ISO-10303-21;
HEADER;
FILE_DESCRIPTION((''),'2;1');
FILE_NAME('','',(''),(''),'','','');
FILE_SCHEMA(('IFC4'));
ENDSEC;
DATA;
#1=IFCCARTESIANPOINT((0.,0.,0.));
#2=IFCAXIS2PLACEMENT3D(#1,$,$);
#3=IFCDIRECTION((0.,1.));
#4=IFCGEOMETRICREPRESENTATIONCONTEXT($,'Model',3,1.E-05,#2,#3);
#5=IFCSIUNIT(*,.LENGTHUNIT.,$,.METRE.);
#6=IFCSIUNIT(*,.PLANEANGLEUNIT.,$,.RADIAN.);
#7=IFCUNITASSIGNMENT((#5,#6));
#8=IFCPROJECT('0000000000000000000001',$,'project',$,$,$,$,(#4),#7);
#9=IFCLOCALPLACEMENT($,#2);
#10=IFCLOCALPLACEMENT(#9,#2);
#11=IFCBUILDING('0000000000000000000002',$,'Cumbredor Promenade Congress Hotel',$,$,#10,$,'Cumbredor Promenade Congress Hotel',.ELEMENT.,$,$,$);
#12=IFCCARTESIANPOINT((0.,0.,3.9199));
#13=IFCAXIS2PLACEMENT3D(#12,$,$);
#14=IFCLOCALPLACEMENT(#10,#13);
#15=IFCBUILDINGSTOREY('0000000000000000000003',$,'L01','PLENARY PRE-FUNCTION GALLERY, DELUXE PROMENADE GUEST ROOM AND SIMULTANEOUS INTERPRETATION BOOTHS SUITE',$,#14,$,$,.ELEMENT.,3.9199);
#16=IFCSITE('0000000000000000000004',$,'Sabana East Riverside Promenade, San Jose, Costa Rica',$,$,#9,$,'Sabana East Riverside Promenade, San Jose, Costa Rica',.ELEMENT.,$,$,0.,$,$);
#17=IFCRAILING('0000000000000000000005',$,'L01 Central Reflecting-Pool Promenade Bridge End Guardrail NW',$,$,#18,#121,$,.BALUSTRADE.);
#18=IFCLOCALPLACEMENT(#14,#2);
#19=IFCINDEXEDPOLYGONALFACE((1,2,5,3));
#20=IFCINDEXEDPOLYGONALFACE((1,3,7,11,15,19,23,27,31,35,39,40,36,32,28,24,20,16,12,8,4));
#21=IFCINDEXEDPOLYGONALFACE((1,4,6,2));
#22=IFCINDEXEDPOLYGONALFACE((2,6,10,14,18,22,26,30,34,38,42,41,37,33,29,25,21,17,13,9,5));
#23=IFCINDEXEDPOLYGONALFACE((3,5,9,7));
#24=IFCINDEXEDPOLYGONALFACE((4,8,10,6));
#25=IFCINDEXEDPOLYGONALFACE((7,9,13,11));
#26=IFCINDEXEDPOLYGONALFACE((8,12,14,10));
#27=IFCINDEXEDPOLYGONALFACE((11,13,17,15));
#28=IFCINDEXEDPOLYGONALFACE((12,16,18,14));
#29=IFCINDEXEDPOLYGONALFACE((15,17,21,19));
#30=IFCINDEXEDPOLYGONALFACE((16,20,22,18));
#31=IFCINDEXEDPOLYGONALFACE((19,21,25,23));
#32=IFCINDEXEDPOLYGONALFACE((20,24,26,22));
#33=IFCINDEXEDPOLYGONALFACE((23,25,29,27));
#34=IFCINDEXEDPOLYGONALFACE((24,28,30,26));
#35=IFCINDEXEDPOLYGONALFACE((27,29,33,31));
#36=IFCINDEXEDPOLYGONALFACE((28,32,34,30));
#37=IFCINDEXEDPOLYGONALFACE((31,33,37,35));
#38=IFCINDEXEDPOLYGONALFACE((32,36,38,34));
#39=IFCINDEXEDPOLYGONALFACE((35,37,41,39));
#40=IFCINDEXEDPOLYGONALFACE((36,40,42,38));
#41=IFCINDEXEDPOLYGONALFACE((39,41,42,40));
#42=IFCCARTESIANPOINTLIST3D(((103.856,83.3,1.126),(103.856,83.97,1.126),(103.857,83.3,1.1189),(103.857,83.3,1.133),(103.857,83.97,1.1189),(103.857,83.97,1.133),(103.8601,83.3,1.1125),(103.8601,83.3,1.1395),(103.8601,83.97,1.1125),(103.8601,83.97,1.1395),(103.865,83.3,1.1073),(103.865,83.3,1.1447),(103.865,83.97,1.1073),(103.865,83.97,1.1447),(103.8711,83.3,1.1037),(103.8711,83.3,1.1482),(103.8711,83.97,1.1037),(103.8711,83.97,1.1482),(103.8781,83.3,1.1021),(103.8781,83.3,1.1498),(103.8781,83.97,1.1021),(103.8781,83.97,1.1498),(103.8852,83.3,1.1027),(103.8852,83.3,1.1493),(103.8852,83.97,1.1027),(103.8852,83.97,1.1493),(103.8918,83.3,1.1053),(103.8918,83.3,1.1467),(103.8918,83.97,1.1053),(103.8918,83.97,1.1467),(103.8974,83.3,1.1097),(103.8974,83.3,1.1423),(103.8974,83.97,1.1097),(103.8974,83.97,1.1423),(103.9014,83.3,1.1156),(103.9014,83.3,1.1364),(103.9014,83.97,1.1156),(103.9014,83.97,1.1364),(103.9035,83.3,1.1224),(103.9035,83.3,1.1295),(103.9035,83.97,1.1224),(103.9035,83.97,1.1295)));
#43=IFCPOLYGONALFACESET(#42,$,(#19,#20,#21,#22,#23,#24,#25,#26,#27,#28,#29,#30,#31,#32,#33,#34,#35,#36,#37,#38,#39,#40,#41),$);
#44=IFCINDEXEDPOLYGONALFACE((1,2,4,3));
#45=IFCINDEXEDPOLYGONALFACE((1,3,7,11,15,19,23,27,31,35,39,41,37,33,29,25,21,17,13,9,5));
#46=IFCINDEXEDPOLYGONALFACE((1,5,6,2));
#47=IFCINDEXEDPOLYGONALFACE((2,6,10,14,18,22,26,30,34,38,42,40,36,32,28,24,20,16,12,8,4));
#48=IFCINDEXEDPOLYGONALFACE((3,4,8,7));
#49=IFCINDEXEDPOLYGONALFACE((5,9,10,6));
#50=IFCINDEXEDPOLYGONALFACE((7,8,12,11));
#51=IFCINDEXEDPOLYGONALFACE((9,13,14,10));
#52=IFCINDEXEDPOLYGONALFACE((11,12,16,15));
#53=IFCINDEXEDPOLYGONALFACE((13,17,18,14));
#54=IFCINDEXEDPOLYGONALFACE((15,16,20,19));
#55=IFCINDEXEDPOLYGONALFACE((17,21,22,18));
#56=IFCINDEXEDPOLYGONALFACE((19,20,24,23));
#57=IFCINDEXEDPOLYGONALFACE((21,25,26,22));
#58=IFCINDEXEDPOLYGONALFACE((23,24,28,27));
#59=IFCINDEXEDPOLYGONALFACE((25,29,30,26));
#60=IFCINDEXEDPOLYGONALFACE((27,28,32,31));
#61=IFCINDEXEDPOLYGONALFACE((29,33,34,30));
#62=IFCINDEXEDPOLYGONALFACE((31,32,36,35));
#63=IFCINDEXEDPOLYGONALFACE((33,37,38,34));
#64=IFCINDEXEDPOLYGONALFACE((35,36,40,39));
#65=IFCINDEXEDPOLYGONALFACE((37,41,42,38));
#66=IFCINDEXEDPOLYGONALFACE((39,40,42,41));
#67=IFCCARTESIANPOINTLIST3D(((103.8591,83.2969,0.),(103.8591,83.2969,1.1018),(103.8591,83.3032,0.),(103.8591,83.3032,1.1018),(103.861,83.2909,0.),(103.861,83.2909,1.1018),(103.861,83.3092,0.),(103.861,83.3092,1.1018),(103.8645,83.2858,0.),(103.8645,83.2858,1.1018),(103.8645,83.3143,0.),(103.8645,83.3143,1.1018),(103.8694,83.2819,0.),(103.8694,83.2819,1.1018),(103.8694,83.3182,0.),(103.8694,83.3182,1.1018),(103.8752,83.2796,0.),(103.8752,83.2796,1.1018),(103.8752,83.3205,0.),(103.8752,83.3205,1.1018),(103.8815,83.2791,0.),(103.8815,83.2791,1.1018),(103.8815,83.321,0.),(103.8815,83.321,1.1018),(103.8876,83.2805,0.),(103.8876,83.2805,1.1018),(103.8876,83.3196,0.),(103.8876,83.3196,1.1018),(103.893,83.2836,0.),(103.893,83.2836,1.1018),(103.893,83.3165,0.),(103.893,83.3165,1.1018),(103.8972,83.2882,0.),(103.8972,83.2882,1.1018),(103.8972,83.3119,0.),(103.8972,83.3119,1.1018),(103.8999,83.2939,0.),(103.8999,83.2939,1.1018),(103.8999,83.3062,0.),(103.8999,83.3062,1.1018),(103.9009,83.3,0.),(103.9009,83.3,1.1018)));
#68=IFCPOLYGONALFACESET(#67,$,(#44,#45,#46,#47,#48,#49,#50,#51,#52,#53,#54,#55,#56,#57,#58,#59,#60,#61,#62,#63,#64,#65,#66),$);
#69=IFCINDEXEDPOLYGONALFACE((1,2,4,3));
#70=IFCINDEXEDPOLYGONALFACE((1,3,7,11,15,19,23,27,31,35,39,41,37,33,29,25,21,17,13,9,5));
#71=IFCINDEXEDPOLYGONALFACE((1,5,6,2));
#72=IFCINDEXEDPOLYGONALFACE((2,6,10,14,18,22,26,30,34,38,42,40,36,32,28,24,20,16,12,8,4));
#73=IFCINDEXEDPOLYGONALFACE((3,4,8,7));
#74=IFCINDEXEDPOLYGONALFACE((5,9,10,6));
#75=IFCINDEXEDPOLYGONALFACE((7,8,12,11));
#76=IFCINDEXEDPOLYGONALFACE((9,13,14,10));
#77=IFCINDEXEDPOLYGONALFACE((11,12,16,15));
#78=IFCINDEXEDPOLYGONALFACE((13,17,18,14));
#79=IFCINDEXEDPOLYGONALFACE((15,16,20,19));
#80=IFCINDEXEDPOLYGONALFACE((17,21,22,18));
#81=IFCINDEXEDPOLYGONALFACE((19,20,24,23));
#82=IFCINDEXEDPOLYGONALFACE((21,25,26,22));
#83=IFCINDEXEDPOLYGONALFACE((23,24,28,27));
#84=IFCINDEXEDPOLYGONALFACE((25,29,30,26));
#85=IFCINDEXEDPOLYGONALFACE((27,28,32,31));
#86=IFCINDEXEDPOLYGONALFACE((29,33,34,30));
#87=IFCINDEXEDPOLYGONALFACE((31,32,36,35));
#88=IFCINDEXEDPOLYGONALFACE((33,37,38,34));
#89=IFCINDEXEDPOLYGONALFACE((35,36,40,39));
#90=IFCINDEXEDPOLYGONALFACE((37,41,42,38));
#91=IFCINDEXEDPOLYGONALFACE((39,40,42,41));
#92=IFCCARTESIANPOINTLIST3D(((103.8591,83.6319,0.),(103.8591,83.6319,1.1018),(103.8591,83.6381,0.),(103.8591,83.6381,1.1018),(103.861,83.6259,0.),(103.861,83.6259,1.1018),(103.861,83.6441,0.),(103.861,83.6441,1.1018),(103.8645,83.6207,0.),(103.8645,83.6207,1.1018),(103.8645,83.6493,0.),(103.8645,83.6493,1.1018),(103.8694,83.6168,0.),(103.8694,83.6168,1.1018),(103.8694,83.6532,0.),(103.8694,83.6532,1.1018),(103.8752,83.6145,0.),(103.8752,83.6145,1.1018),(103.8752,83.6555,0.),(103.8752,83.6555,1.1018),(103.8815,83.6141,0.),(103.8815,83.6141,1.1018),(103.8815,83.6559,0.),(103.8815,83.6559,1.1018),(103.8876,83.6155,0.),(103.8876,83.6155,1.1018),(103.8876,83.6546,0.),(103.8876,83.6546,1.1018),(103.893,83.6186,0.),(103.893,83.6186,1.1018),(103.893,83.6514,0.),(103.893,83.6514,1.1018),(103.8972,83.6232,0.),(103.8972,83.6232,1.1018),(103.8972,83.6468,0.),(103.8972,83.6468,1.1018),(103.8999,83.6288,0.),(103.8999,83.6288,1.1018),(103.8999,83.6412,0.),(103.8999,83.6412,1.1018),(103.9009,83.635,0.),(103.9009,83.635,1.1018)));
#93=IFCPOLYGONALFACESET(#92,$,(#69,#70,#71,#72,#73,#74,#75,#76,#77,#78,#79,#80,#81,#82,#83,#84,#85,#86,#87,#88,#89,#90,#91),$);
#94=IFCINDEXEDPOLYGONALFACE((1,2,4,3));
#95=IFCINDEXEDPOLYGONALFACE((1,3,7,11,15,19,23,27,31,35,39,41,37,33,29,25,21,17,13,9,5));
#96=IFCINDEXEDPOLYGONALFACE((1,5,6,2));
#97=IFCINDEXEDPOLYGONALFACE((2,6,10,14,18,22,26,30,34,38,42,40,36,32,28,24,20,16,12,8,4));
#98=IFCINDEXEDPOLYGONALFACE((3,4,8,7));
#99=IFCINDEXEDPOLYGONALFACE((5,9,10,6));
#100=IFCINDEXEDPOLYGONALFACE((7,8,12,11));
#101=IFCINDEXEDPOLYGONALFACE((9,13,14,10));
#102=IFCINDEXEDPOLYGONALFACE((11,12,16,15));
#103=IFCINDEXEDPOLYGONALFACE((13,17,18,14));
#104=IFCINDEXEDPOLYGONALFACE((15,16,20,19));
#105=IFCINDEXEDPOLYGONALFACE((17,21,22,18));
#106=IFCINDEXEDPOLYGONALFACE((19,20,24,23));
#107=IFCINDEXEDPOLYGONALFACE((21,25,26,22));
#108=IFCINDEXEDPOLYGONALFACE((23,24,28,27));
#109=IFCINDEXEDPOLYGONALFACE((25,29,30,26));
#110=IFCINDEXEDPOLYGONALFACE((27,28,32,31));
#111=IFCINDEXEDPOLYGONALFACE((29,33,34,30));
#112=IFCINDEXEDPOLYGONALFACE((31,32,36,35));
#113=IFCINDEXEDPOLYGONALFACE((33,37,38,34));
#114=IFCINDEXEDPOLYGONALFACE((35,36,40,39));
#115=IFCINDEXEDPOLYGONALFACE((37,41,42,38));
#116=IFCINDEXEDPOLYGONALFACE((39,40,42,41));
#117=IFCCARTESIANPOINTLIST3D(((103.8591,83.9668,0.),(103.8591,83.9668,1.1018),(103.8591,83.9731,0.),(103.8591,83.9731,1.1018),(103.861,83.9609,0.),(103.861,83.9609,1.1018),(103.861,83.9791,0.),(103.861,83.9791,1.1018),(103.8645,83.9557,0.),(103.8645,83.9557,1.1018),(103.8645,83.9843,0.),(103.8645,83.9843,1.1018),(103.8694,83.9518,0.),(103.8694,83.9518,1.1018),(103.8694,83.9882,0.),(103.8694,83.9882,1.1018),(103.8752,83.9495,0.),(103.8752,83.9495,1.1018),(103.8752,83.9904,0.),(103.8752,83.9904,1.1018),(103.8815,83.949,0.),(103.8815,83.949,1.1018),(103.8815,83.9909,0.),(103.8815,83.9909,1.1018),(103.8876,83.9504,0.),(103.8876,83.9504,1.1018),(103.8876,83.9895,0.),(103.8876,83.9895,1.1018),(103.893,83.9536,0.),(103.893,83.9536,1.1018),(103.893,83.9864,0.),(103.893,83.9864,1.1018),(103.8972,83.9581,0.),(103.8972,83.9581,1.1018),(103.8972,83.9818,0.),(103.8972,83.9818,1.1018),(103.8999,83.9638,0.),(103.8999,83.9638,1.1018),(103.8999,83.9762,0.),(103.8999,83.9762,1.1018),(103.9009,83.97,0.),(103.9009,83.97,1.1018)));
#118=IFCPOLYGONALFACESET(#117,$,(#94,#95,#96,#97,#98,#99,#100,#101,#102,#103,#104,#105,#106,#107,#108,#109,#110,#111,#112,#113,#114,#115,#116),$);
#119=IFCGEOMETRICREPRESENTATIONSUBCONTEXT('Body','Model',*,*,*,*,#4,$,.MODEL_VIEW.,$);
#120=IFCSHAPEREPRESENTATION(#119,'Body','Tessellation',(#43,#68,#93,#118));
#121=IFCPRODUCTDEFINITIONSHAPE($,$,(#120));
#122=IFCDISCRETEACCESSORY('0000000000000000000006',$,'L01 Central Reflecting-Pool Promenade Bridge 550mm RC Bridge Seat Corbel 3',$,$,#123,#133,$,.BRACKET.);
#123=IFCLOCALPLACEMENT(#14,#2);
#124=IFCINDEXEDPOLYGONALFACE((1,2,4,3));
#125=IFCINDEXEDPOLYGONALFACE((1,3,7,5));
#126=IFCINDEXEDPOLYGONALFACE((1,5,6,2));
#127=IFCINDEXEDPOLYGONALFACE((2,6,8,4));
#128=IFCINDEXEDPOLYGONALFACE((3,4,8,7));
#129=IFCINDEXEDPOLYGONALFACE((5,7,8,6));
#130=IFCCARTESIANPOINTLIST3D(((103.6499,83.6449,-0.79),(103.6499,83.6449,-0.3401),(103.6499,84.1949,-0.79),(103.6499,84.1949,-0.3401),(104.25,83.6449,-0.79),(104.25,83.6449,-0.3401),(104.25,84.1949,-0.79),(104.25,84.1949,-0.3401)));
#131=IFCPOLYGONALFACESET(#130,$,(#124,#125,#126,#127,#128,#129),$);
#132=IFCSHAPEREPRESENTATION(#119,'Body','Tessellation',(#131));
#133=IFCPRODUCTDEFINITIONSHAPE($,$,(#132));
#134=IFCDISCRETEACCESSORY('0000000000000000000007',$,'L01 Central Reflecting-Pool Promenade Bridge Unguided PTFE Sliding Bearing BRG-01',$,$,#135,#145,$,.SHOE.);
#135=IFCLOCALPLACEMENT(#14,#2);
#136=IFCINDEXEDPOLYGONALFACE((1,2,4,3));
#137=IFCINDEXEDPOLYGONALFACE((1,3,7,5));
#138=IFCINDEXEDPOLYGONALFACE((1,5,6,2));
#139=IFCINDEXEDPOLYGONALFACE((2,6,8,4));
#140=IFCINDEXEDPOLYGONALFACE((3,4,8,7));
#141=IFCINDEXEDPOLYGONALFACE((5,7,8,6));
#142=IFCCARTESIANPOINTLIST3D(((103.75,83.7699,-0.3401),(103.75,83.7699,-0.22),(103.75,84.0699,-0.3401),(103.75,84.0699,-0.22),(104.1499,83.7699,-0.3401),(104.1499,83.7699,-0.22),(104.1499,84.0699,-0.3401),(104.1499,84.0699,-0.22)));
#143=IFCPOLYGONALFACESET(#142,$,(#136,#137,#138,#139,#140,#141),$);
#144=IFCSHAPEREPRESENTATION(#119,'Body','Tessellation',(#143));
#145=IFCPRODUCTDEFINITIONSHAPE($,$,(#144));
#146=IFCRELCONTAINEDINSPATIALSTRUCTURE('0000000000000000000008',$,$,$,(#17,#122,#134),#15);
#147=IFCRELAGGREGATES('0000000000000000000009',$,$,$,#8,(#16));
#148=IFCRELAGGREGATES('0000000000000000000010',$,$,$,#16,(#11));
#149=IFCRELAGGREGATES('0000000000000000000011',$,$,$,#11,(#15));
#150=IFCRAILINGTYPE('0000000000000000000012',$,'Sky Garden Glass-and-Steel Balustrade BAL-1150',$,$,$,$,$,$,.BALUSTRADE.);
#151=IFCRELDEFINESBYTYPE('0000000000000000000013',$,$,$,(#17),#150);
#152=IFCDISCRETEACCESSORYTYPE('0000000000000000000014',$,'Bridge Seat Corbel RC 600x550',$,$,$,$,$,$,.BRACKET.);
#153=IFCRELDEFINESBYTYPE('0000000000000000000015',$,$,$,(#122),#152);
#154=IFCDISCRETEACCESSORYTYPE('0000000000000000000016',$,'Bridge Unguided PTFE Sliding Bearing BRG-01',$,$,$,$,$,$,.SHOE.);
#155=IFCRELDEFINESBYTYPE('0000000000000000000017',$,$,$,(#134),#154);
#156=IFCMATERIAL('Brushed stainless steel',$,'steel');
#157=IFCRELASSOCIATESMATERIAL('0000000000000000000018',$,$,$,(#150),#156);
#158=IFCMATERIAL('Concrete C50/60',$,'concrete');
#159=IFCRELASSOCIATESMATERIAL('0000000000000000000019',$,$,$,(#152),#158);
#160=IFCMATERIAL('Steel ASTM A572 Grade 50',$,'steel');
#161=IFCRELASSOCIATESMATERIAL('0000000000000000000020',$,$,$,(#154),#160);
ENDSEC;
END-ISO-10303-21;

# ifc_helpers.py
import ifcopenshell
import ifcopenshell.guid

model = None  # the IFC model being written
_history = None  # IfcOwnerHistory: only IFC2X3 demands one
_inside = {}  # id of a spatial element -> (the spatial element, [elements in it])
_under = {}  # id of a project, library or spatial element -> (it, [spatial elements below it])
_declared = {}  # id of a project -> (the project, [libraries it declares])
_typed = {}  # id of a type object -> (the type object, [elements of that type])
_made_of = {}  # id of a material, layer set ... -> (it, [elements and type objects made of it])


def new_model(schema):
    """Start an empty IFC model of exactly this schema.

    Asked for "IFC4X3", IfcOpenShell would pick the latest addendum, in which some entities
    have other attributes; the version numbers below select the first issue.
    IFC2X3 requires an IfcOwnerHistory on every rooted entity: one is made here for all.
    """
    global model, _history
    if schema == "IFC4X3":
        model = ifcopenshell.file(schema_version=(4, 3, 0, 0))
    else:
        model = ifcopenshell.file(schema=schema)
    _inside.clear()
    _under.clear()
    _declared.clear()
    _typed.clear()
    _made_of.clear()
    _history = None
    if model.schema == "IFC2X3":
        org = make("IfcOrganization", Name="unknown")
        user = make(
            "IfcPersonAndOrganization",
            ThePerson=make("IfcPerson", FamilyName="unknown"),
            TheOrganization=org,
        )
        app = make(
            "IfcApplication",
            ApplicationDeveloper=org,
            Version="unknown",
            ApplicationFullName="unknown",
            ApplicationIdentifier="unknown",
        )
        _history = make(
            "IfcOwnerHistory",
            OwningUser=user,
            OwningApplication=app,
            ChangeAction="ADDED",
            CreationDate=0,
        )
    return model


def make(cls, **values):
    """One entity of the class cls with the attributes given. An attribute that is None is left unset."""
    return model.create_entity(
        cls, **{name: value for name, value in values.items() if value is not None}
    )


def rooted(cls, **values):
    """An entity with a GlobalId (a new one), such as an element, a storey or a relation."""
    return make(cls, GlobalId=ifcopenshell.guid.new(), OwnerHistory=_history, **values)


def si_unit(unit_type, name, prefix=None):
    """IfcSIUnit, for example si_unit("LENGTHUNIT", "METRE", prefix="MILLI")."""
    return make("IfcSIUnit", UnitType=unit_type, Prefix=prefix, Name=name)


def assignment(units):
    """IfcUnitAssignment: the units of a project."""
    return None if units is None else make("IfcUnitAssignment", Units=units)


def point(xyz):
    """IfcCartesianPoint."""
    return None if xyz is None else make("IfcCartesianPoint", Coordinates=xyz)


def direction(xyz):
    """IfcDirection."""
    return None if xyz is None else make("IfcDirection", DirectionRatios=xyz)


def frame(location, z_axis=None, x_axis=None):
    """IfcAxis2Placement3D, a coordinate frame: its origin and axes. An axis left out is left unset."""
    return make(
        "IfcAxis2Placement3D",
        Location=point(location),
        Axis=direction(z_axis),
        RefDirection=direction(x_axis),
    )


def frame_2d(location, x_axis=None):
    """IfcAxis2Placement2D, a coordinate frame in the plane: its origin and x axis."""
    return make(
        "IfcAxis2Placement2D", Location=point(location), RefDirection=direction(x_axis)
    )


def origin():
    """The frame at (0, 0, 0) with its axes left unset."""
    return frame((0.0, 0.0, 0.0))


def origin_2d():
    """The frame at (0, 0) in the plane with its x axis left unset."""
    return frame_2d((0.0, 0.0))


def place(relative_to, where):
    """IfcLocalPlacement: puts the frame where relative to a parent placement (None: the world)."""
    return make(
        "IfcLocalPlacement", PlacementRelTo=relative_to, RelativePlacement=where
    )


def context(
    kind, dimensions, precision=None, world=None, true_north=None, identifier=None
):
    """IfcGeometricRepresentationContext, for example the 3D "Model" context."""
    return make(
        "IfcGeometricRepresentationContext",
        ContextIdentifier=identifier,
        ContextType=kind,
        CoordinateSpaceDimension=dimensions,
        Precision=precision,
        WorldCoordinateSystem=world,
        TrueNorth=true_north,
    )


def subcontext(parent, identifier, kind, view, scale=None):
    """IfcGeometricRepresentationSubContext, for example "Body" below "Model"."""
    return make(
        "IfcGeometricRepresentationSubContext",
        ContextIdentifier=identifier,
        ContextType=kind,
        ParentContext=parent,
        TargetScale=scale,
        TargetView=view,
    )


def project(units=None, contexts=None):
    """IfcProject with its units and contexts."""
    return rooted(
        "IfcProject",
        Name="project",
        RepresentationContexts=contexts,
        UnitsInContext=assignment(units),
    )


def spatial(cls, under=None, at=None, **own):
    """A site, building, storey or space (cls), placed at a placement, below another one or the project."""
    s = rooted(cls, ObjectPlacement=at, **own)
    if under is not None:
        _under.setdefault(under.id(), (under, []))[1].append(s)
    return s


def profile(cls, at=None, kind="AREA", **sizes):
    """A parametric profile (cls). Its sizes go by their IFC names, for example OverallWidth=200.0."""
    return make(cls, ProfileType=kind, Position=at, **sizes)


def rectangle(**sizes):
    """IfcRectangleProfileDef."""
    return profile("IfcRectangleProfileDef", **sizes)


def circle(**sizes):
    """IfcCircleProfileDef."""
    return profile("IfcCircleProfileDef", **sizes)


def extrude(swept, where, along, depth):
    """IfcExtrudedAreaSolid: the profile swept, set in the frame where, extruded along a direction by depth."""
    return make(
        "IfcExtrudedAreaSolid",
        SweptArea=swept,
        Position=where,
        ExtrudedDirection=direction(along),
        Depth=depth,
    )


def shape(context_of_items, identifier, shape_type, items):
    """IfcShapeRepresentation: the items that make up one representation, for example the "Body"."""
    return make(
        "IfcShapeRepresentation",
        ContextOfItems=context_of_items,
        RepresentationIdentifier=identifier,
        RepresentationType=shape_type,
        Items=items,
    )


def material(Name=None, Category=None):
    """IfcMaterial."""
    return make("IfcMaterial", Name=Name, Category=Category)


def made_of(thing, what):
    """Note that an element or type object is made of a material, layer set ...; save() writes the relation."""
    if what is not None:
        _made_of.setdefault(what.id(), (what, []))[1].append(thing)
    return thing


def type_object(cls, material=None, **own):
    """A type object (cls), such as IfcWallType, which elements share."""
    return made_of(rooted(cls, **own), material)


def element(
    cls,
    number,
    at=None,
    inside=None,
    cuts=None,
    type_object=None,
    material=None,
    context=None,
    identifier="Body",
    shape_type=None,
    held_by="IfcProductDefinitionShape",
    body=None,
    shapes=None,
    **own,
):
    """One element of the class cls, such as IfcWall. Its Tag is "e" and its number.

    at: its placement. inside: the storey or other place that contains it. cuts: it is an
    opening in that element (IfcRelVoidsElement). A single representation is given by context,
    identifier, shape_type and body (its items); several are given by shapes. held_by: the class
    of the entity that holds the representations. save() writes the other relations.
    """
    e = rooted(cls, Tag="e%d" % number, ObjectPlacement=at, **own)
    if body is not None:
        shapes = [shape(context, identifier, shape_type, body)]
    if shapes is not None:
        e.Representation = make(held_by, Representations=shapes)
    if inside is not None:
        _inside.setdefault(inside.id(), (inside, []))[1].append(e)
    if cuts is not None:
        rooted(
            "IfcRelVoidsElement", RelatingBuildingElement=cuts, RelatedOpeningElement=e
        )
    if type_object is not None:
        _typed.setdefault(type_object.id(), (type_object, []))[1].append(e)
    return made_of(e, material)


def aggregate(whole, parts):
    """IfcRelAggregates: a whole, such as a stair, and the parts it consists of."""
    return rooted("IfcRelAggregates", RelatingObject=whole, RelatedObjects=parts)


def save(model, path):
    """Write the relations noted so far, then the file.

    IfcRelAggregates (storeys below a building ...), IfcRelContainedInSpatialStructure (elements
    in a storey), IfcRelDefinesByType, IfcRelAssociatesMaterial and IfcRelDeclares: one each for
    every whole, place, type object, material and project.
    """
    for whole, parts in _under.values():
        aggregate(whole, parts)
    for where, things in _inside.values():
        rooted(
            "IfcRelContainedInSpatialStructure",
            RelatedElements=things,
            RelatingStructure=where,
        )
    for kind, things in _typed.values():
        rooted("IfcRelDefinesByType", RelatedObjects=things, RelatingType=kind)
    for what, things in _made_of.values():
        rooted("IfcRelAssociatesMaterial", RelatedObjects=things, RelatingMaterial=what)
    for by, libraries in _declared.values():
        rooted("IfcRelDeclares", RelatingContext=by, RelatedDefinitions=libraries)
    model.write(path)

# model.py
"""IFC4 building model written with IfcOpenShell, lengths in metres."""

from ifc_helpers import new_model, si_unit, direction, frame, origin, origin_2d, place, context, subcontext, project, spatial, rectangle, circle, extrude, material, type_object, element, save


model = new_model("IFC4")

# Units and contexts
model_context = context("Model", 3, precision=1e-05, world=origin(), true_north=direction((0.0, 1.0)))
body_context = subcontext(model_context, "Body", "Model", "MODEL_VIEW")
ifc_project = project(units=[si_unit("LENGTHUNIT", "METRE"), si_unit("PLANEANGLEUNIT", "RADIAN")], contexts=[model_context])

# Site, building, storey
site_placement = place(None, origin())
site = spatial("IfcSite", under=ifc_project, at=site_placement, Name="Sabana East Riverside Promenade, San Jose, Costa Rica", LongName="Sabana East Riverside Promenade, San Jose, Costa Rica", CompositionType="ELEMENT", RefElevation=0.0)
building_placement = place(site_placement, origin())
building = spatial("IfcBuilding", under=site, at=building_placement, Name="Cumbredor Promenade Congress Hotel", LongName="Cumbredor Promenade Congress Hotel", CompositionType="ELEMENT")
storey_placement = place(building_placement, frame((0.0, 0.0, 3.9199)))
storey = spatial("IfcBuildingStorey", under=building, at=storey_placement, Name="L01", Description="PLENARY PRE-FUNCTION GALLERY, DELUXE PROMENADE GUEST ROOM AND SIMULTANEOUS INTERPRETATION BOOTHS SUITE", CompositionType="ELEMENT", Elevation=3.9199)

# Shared definitions
ifc_material_1 = material(Name="Steel ASTM A572 Grade 50", Category="steel")

# Shared definitions
ifc_material_2 = material(Name="Brushed stainless steel", Category="steel")

# Railing
railing_type = type_object("IfcRailingType", Name="Sky Garden Glass-and-Steel Balustrade BAL-1150", PredefinedType="BALUSTRADE", material=ifc_material_2)
railing_placement = place(storey_placement, frame((103.8799, 83.3, 0.0)))
element("IfcRailing", 1, at=railing_placement, inside=storey, type_object=railing_type, Name="L01 Central Reflecting-Pool Promenade Bridge End Guardrail NW", PredefinedType="BALUSTRADE", context=body_context, shape_type="SweptSolid", body=[
    extrude(circle(Radius=0.0239, at=origin_2d()), frame((0.0, 0.0, 1.126), z_axis=(0.0, 1.0, 0.0), x_axis=(-1.0, 0.0, 0.0)), (0.0, 0.0, 1.0), 0.6699),
    extrude(circle(Radius=0.021, at=origin_2d()), origin(), (0.0, 0.0, 1.0), 1.1018),
    extrude(circle(Radius=0.021, at=origin_2d()), frame((0.0, 0.335, 0.0)), (0.0, 0.0, 1.0), 1.1018),
    extrude(circle(Radius=0.021, at=origin_2d()), frame((0.0, 0.6699, 0.0)), (0.0, 0.0, 1.0), 1.1018),
])

# Discrete accessories
ifc_material_3 = material(Name="Concrete C50/60", Category="concrete")
discrete_accessory_type_1 = type_object("IfcDiscreteAccessoryType", Name="Bridge Seat Corbel RC 600x550", PredefinedType="BRACKET", material=ifc_material_3)
discrete_accessory_1_placement = place(storey_placement, frame((103.95, 83.9199, -0.79), z_axis=(0.0, 0.0, 1.0), x_axis=(0.0, 1.0, 0.0)))
element("IfcDiscreteAccessory", 2, at=discrete_accessory_1_placement, inside=storey, type_object=discrete_accessory_type_1, Name="L01 Central Reflecting-Pool Promenade Bridge 550mm RC Bridge Seat Corbel 3", PredefinedType="BRACKET", context=body_context, shape_type="SweptSolid", body=[
    extrude(rectangle(XDim=0.55, YDim=0.6001, at=origin_2d()), origin(), (0.0, 0.0, 1.0), 0.45),
])
discrete_accessory_type_2 = type_object("IfcDiscreteAccessoryType", Name="Bridge Unguided PTFE Sliding Bearing BRG-01", PredefinedType="SHOE", material=ifc_material_1)
discrete_accessory_2_placement = place(storey_placement, frame((103.95, 83.9199, -0.3401), z_axis=(0.0, 0.0, 1.0), x_axis=(0.0, 1.0, 0.0)))
element("IfcDiscreteAccessory", 3, at=discrete_accessory_2_placement, inside=storey, type_object=discrete_accessory_type_2, Name="L01 Central Reflecting-Pool Promenade Bridge Unguided PTFE Sliding Bearing BRG-01", PredefinedType="SHOE", context=body_context, shape_type="SweptSolid", body=[
    extrude(rectangle(XDim=0.3, YDim=0.3999, at=origin_2d()), origin(), (0.0, 0.0, 1.0), 0.1201),
])

save(model, "model.ifc")
